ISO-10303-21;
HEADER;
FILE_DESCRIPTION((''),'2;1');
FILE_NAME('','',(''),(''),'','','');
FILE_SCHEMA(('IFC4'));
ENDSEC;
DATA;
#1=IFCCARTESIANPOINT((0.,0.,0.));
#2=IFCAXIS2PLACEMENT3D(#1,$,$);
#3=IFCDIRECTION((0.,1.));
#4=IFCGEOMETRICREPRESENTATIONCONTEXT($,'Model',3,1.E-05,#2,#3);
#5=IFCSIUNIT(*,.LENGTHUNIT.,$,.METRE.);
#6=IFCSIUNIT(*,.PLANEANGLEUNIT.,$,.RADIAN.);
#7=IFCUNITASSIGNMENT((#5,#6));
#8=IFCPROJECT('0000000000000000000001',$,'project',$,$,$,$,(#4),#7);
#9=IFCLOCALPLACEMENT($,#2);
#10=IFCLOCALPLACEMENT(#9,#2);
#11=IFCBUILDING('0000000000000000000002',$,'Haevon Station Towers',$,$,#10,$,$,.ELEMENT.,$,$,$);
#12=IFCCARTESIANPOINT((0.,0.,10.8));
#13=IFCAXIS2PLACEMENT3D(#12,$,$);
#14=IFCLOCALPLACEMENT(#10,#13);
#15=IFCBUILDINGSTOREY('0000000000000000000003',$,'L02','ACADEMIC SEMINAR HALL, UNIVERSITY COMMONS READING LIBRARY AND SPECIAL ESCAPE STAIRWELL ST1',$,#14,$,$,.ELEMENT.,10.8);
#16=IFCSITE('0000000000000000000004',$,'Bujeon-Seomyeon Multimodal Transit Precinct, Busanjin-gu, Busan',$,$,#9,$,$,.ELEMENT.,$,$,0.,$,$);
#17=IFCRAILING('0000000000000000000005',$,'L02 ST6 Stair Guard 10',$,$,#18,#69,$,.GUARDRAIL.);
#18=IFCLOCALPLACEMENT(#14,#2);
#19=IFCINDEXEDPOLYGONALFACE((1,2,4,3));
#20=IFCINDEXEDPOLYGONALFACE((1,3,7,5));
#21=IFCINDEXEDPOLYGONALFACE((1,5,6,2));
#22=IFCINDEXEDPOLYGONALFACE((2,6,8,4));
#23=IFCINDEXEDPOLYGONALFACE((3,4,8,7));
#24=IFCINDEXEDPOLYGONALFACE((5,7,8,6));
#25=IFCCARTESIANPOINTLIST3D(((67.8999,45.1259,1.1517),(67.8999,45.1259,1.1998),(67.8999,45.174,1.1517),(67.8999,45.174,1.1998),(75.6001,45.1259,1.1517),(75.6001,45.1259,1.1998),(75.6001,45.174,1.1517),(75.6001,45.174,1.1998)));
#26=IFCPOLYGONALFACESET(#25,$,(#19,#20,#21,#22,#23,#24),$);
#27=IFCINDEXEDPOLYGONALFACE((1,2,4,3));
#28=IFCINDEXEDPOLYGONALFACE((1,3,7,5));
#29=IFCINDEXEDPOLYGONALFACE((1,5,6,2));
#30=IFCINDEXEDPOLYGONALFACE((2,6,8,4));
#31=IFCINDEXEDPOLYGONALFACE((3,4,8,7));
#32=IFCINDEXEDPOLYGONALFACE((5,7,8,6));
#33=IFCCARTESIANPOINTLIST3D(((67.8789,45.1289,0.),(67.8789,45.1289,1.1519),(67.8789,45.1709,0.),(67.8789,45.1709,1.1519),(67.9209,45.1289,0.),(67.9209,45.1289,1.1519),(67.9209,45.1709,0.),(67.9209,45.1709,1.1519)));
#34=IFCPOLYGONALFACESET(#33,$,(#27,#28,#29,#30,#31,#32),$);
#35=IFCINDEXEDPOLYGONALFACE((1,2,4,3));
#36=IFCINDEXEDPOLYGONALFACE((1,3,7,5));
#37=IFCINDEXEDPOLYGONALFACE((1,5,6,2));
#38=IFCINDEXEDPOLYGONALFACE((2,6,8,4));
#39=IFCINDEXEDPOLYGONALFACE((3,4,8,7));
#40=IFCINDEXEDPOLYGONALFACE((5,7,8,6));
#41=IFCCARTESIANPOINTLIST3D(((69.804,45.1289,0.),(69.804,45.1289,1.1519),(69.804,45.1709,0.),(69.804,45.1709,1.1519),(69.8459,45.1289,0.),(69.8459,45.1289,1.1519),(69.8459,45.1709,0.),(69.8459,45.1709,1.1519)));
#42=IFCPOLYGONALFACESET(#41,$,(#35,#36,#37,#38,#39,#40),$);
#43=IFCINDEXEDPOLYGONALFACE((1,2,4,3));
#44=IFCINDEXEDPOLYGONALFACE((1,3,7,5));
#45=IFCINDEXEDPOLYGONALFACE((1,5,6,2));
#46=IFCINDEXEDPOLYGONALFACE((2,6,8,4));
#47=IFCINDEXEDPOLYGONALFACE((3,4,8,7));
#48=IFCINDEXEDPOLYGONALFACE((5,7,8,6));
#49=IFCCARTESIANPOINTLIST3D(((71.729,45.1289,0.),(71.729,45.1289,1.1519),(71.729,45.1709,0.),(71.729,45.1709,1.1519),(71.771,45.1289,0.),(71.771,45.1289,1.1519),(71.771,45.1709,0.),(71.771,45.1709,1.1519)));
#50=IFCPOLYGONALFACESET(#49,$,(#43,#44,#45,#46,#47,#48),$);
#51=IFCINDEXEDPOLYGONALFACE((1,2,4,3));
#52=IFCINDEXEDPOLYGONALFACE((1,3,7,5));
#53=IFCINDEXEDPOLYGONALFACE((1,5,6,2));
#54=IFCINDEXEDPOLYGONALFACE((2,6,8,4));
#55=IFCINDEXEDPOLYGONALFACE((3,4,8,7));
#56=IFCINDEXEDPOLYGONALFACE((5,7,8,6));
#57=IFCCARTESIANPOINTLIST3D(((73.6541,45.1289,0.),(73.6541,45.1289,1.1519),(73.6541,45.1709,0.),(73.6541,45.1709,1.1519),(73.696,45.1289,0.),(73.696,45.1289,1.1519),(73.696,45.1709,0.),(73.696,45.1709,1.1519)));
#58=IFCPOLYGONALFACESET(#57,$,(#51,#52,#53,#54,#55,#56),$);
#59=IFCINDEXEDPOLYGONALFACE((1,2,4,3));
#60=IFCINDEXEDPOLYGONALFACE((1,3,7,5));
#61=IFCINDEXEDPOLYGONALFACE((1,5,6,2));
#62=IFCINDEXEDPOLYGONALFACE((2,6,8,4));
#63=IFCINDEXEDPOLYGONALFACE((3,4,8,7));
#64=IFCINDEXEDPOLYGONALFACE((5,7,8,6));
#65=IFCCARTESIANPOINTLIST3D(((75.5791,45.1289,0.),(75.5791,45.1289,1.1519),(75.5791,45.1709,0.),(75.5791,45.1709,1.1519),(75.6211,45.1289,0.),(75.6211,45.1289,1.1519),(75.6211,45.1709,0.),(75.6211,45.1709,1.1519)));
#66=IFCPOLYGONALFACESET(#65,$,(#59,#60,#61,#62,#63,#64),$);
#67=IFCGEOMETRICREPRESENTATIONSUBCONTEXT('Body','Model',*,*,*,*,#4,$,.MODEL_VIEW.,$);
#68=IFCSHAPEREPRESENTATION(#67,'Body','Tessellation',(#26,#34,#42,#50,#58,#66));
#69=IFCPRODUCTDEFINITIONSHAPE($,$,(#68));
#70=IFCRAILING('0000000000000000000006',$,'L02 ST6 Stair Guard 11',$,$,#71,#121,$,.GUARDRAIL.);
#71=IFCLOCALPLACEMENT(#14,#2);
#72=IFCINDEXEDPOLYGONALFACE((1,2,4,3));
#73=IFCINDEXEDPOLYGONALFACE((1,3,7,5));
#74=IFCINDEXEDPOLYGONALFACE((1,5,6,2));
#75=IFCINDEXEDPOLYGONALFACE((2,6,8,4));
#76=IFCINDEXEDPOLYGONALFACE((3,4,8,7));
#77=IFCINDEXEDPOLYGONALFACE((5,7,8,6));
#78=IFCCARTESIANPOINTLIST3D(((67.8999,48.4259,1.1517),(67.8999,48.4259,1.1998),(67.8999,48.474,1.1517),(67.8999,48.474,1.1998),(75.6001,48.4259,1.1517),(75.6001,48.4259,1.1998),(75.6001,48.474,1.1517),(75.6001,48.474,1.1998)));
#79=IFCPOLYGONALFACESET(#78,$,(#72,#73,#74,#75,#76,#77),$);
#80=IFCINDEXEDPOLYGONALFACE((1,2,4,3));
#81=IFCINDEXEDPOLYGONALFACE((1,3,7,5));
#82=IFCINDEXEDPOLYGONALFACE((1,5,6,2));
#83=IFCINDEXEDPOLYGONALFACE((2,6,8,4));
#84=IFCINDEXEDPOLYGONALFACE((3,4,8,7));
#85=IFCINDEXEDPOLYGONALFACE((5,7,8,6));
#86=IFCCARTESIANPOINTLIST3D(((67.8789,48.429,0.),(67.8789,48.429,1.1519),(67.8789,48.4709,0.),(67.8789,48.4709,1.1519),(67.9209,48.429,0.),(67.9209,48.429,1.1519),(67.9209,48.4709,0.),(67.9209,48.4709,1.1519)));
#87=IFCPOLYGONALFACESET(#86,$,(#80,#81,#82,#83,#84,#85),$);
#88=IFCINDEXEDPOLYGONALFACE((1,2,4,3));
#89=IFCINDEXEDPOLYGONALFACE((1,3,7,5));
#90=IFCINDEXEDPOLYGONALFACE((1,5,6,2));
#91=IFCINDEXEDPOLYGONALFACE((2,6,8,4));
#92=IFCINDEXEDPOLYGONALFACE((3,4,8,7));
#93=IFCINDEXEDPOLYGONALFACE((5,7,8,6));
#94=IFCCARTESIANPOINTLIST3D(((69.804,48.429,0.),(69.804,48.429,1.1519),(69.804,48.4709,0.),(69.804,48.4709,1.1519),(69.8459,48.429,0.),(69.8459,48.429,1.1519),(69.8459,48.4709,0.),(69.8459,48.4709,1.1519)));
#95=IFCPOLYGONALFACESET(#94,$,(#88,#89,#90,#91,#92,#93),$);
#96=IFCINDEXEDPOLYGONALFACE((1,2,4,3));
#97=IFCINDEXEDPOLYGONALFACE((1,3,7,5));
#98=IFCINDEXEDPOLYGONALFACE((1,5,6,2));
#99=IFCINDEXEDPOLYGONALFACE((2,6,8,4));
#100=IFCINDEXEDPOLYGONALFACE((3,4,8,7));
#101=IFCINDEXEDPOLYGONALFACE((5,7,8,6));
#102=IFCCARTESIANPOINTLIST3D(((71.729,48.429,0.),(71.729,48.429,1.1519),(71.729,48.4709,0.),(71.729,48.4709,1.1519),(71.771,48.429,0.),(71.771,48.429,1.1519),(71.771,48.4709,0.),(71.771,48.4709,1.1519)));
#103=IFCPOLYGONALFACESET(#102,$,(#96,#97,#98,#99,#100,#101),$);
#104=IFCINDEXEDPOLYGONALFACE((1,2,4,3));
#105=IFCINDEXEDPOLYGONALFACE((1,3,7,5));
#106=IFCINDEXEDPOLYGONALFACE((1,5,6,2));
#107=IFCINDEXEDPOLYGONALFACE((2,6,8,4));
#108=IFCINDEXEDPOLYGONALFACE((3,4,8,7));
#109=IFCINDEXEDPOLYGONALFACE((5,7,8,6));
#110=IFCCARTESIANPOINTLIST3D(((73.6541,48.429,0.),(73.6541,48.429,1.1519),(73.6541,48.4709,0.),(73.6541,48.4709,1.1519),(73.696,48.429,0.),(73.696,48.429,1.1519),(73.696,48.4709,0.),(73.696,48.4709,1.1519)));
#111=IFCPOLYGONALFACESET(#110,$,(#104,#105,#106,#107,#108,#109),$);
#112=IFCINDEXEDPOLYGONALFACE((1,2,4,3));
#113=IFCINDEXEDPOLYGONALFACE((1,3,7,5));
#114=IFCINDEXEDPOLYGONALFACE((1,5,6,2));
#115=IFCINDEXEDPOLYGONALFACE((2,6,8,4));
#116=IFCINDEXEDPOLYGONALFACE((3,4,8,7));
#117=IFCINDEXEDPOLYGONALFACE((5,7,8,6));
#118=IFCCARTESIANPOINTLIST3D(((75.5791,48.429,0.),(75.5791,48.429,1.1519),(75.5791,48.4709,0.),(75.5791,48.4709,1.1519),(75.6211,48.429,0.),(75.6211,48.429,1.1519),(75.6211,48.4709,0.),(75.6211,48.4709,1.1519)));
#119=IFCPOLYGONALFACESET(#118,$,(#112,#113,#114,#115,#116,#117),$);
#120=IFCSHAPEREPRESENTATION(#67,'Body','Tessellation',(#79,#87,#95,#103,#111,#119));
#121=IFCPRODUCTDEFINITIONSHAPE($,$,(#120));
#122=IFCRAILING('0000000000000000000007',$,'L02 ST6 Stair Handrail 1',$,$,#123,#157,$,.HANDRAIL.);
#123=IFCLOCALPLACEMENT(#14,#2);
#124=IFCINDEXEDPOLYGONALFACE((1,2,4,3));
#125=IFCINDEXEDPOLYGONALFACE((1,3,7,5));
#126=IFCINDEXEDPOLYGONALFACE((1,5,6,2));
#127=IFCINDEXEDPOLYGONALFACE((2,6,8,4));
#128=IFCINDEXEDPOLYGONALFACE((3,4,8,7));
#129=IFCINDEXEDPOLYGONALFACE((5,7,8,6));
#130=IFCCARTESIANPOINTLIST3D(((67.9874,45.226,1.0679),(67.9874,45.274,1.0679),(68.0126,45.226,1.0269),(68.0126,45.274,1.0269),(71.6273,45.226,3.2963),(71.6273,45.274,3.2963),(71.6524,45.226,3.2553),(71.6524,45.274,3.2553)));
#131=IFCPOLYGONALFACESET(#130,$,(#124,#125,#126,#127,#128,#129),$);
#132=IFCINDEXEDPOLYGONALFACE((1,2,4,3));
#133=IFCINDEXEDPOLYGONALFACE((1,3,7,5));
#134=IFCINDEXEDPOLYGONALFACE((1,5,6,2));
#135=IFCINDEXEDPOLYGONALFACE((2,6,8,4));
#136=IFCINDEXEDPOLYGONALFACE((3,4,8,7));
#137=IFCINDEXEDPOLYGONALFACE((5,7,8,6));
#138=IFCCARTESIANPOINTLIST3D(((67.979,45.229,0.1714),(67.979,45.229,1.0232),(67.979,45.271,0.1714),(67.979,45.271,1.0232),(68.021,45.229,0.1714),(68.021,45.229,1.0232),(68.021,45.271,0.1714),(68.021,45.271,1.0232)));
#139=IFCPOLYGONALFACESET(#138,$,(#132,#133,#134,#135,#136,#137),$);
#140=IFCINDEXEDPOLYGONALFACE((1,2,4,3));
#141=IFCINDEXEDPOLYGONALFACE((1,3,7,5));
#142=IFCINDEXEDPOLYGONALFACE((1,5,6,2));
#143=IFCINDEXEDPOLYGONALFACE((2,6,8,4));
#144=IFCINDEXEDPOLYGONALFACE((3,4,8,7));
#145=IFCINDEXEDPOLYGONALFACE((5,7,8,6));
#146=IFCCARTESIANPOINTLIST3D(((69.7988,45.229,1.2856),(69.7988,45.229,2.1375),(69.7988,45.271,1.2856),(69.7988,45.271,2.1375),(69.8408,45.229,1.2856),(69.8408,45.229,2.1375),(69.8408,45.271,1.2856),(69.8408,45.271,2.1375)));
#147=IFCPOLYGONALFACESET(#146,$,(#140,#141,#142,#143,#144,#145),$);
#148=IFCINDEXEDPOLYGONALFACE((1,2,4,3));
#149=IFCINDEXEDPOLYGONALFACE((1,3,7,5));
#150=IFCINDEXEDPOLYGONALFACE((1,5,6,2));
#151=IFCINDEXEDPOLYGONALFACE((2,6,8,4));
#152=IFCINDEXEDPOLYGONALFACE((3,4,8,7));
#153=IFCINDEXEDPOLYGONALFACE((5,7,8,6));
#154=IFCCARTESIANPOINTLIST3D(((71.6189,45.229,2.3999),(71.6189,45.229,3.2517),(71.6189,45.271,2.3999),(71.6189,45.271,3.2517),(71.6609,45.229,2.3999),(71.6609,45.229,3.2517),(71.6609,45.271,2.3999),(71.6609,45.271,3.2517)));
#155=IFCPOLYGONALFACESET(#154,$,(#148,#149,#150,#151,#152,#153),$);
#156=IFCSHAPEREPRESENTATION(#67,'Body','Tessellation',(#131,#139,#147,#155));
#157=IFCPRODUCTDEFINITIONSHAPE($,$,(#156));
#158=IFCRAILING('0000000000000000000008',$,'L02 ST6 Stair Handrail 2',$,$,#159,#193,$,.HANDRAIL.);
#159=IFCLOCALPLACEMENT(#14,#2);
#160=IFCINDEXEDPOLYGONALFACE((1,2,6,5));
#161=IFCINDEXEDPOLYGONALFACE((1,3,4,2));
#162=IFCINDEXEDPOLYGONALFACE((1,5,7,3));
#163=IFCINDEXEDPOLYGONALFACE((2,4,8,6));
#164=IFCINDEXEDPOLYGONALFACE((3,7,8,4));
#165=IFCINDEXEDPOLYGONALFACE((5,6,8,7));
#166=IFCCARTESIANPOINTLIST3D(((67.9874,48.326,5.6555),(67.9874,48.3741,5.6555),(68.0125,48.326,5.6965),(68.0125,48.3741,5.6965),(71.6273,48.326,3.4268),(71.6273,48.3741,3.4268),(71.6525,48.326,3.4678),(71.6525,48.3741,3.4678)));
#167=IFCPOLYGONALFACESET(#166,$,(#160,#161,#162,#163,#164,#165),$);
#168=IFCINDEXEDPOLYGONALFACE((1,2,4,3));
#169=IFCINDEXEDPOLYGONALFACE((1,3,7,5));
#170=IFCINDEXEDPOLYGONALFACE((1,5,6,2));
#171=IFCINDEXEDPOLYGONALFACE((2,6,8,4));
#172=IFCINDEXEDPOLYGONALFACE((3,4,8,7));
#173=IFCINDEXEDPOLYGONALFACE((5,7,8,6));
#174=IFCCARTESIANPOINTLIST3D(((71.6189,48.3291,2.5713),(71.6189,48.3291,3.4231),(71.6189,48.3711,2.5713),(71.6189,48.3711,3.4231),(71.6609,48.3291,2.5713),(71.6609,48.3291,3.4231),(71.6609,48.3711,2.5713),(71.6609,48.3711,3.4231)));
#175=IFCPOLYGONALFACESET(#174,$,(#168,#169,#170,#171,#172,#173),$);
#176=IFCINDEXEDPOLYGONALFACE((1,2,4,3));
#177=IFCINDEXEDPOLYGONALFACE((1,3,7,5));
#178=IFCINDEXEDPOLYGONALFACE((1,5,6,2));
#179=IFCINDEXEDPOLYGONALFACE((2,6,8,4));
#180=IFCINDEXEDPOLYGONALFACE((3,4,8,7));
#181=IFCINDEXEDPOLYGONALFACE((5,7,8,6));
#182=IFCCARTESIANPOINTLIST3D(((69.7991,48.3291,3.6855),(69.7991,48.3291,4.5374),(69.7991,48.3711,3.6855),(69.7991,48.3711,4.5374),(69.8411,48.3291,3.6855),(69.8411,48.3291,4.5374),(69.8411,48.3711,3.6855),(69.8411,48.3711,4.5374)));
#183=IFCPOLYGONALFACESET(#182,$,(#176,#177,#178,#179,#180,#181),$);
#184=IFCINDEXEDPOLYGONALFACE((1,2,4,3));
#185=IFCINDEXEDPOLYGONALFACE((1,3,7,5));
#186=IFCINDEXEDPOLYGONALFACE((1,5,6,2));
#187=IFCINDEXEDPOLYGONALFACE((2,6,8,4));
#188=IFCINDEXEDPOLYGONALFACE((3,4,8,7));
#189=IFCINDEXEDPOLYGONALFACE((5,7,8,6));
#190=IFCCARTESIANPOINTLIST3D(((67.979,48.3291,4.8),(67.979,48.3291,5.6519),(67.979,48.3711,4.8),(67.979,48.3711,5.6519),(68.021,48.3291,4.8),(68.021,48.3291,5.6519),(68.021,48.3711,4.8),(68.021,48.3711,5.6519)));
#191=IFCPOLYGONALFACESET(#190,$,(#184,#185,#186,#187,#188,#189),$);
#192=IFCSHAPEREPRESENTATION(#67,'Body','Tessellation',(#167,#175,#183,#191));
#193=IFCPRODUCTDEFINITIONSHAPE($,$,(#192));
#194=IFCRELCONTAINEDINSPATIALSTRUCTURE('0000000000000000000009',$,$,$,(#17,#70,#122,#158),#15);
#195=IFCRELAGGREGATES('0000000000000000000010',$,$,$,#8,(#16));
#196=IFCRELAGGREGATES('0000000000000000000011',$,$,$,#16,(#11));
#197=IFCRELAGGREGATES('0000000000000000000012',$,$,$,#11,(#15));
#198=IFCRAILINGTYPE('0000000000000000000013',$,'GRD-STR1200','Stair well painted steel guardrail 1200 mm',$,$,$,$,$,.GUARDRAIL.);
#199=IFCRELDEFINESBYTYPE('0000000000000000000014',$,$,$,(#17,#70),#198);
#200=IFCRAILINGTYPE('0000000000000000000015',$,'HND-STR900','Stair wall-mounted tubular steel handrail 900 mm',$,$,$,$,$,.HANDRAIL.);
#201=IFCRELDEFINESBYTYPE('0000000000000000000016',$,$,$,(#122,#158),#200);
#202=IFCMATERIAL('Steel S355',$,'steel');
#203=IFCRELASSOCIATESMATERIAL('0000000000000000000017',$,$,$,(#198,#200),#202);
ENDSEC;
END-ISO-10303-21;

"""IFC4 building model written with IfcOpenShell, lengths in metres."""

from ifc_helpers import new_model, si_unit, direction, frame, origin, origin_2d, place, context, subcontext, project, spatial, rectangle, extrude, material, type_object, element, save


model = new_model("IFC4")

# Units and contexts
model_context = context("Model", 3, precision=1e-05, world=origin(), true_north=direction((0.0, 1.0)))
body_context = subcontext(model_context, "Body", "Model", "MODEL_VIEW")
ifc_project = project(units=[si_unit("LENGTHUNIT", "METRE"), si_unit("PLANEANGLEUNIT", "RADIAN")], contexts=[model_context])

# Site, building, storey
site_placement = place(None, origin())
site = spatial("IfcSite", under=ifc_project, at=site_placement, Name="Bujeon-Seomyeon Multimodal Transit Precinct, Busanjin-gu, Busan", CompositionType="ELEMENT", RefElevation=0.0)
building_placement = place(site_placement, origin())
building = spatial("IfcBuilding", under=site, at=building_placement, Name="Haevon Station Towers", CompositionType="ELEMENT")
storey_placement = place(building_placement, frame((0.0, 0.0, 10.8)))
storey = spatial("IfcBuildingStorey", under=building, at=storey_placement, Name="L02", Description="ACADEMIC SEMINAR HALL, UNIVERSITY COMMONS READING LIBRARY AND SPECIAL ESCAPE STAIRWELL ST1", CompositionType="ELEMENT", Elevation=10.8)

# Shared definitions
ifc_material_1 = material(Name="Steel S355", Category="steel")

# Railings
railing_type_1 = type_object("IfcRailingType", Name="GRD-STR1200", Description="Stair well painted steel guardrail 1200 mm", PredefinedType="GUARDRAIL", material=ifc_material_1)
for number, where, name in (
    (1, (67.8999, 45.1499, 0.0), "L02 ST6 Stair Guard 10"),
    (2, (67.8999, 48.45, 0.0), "L02 ST6 Stair Guard 11"),
):
    element("IfcRailing", number, at=place(storey_placement, frame(where)), inside=storey, type_object=railing_type_1, Name=name, PredefinedType="GUARDRAIL", context=body_context, shape_type="SweptSolid", body=[
        extrude(rectangle(XDim=0.0481, YDim=0.0481, at=origin_2d()), frame((0.0, 0.0, 1.1758), z_axis=(1.0, 0.0, 0.0), x_axis=(0.0, 1.0, 0.0)), (0.0, 0.0, 1.0), 7.7002),
        extrude(rectangle(XDim=0.042, YDim=0.042, at=origin_2d()), origin(), (0.0, 0.0, 1.0), 1.1519),
        extrude(rectangle(XDim=0.042, YDim=0.042, at=origin_2d()), frame((1.925, 0.0, 0.0)), (0.0, 0.0, 1.0), 1.1519),
        extrude(rectangle(XDim=0.042, YDim=0.042, at=origin_2d()), frame((3.8501, 0.0, 0.0)), (0.0, 0.0, 1.0), 1.1519),
        extrude(rectangle(XDim=0.042, YDim=0.042, at=origin_2d()), frame((5.7751, 0.0, 0.0)), (0.0, 0.0, 1.0), 1.1519),
        extrude(rectangle(XDim=0.042, YDim=0.042, at=origin_2d()), frame((7.7002, 0.0, 0.0)), (0.0, 0.0, 1.0), 1.1519),
    ])
railing_type_2 = type_object("IfcRailingType", Name="HND-STR900", Description="Stair wall-mounted tubular steel handrail 900 mm", PredefinedType="HANDRAIL", material=ifc_material_1)
railing_1_placement = place(storey_placement, frame((68.0, 45.25, 0.1714)))
element("IfcRailing", 3, at=railing_1_placement, inside=storey, type_object=railing_type_2, Name="L02 ST6 Stair Handrail 1", PredefinedType="HANDRAIL", context=body_context, shape_type="SweptSolid", body=[
    extrude(rectangle(XDim=0.0481, YDim=0.0481, at=origin_2d()), frame((0.0, 0.0, 0.876), z_axis=(0.85285, 0.0, 0.522156), x_axis=(0.0, 1.0, 0.0)), (0.0, 0.0, 1.0), 4.2678),
    extrude(rectangle(XDim=0.042, YDim=0.042, at=origin_2d()), origin(), (0.0, 0.0, 1.0), 0.8518),
    extrude(rectangle(XDim=0.042, YDim=0.042, at=origin_2d()), frame((1.8198, 0.0, 1.1143)), (0.0, 0.0, 1.0), 0.8518),
    extrude(rectangle(XDim=0.042, YDim=0.042, at=origin_2d()), frame((3.6399, 0.0, 2.2285)), (0.0, 0.0, 1.0), 0.8518),
])
railing_2_placement = place(storey_placement, frame((71.6399, 48.3501, 2.5713)))
element("IfcRailing", 4, at=railing_2_placement, inside=storey, type_object=railing_type_2, Name="L02 ST6 Stair Handrail 2", PredefinedType="HANDRAIL", context=body_context, shape_type="SweptSolid", body=[
    extrude(rectangle(XDim=0.0481, YDim=0.0481, at=origin_2d()), frame((0.0, 0.0, 0.876), z_axis=(-0.852825, 0.0, 0.522197), x_axis=(0.0, -1.0, 0.0)), (0.0, 0.0, 1.0), 4.2681),
    extrude(rectangle(XDim=0.042, YDim=0.042, at=origin_2d()), origin(), (0.0, 0.0, 1.0), 0.8518),
    extrude(rectangle(XDim=0.042, YDim=0.042, at=origin_2d()), frame((-1.8198, 0.0, 1.1143)), (0.0, 0.0, 1.0), 0.8518),
    extrude(rectangle(XDim=0.042, YDim=0.042, at=origin_2d()), frame((-3.6399, 0.0, 2.2288)), (0.0, 0.0, 1.0), 0.8518),
])

save(model, "model.ifc")
